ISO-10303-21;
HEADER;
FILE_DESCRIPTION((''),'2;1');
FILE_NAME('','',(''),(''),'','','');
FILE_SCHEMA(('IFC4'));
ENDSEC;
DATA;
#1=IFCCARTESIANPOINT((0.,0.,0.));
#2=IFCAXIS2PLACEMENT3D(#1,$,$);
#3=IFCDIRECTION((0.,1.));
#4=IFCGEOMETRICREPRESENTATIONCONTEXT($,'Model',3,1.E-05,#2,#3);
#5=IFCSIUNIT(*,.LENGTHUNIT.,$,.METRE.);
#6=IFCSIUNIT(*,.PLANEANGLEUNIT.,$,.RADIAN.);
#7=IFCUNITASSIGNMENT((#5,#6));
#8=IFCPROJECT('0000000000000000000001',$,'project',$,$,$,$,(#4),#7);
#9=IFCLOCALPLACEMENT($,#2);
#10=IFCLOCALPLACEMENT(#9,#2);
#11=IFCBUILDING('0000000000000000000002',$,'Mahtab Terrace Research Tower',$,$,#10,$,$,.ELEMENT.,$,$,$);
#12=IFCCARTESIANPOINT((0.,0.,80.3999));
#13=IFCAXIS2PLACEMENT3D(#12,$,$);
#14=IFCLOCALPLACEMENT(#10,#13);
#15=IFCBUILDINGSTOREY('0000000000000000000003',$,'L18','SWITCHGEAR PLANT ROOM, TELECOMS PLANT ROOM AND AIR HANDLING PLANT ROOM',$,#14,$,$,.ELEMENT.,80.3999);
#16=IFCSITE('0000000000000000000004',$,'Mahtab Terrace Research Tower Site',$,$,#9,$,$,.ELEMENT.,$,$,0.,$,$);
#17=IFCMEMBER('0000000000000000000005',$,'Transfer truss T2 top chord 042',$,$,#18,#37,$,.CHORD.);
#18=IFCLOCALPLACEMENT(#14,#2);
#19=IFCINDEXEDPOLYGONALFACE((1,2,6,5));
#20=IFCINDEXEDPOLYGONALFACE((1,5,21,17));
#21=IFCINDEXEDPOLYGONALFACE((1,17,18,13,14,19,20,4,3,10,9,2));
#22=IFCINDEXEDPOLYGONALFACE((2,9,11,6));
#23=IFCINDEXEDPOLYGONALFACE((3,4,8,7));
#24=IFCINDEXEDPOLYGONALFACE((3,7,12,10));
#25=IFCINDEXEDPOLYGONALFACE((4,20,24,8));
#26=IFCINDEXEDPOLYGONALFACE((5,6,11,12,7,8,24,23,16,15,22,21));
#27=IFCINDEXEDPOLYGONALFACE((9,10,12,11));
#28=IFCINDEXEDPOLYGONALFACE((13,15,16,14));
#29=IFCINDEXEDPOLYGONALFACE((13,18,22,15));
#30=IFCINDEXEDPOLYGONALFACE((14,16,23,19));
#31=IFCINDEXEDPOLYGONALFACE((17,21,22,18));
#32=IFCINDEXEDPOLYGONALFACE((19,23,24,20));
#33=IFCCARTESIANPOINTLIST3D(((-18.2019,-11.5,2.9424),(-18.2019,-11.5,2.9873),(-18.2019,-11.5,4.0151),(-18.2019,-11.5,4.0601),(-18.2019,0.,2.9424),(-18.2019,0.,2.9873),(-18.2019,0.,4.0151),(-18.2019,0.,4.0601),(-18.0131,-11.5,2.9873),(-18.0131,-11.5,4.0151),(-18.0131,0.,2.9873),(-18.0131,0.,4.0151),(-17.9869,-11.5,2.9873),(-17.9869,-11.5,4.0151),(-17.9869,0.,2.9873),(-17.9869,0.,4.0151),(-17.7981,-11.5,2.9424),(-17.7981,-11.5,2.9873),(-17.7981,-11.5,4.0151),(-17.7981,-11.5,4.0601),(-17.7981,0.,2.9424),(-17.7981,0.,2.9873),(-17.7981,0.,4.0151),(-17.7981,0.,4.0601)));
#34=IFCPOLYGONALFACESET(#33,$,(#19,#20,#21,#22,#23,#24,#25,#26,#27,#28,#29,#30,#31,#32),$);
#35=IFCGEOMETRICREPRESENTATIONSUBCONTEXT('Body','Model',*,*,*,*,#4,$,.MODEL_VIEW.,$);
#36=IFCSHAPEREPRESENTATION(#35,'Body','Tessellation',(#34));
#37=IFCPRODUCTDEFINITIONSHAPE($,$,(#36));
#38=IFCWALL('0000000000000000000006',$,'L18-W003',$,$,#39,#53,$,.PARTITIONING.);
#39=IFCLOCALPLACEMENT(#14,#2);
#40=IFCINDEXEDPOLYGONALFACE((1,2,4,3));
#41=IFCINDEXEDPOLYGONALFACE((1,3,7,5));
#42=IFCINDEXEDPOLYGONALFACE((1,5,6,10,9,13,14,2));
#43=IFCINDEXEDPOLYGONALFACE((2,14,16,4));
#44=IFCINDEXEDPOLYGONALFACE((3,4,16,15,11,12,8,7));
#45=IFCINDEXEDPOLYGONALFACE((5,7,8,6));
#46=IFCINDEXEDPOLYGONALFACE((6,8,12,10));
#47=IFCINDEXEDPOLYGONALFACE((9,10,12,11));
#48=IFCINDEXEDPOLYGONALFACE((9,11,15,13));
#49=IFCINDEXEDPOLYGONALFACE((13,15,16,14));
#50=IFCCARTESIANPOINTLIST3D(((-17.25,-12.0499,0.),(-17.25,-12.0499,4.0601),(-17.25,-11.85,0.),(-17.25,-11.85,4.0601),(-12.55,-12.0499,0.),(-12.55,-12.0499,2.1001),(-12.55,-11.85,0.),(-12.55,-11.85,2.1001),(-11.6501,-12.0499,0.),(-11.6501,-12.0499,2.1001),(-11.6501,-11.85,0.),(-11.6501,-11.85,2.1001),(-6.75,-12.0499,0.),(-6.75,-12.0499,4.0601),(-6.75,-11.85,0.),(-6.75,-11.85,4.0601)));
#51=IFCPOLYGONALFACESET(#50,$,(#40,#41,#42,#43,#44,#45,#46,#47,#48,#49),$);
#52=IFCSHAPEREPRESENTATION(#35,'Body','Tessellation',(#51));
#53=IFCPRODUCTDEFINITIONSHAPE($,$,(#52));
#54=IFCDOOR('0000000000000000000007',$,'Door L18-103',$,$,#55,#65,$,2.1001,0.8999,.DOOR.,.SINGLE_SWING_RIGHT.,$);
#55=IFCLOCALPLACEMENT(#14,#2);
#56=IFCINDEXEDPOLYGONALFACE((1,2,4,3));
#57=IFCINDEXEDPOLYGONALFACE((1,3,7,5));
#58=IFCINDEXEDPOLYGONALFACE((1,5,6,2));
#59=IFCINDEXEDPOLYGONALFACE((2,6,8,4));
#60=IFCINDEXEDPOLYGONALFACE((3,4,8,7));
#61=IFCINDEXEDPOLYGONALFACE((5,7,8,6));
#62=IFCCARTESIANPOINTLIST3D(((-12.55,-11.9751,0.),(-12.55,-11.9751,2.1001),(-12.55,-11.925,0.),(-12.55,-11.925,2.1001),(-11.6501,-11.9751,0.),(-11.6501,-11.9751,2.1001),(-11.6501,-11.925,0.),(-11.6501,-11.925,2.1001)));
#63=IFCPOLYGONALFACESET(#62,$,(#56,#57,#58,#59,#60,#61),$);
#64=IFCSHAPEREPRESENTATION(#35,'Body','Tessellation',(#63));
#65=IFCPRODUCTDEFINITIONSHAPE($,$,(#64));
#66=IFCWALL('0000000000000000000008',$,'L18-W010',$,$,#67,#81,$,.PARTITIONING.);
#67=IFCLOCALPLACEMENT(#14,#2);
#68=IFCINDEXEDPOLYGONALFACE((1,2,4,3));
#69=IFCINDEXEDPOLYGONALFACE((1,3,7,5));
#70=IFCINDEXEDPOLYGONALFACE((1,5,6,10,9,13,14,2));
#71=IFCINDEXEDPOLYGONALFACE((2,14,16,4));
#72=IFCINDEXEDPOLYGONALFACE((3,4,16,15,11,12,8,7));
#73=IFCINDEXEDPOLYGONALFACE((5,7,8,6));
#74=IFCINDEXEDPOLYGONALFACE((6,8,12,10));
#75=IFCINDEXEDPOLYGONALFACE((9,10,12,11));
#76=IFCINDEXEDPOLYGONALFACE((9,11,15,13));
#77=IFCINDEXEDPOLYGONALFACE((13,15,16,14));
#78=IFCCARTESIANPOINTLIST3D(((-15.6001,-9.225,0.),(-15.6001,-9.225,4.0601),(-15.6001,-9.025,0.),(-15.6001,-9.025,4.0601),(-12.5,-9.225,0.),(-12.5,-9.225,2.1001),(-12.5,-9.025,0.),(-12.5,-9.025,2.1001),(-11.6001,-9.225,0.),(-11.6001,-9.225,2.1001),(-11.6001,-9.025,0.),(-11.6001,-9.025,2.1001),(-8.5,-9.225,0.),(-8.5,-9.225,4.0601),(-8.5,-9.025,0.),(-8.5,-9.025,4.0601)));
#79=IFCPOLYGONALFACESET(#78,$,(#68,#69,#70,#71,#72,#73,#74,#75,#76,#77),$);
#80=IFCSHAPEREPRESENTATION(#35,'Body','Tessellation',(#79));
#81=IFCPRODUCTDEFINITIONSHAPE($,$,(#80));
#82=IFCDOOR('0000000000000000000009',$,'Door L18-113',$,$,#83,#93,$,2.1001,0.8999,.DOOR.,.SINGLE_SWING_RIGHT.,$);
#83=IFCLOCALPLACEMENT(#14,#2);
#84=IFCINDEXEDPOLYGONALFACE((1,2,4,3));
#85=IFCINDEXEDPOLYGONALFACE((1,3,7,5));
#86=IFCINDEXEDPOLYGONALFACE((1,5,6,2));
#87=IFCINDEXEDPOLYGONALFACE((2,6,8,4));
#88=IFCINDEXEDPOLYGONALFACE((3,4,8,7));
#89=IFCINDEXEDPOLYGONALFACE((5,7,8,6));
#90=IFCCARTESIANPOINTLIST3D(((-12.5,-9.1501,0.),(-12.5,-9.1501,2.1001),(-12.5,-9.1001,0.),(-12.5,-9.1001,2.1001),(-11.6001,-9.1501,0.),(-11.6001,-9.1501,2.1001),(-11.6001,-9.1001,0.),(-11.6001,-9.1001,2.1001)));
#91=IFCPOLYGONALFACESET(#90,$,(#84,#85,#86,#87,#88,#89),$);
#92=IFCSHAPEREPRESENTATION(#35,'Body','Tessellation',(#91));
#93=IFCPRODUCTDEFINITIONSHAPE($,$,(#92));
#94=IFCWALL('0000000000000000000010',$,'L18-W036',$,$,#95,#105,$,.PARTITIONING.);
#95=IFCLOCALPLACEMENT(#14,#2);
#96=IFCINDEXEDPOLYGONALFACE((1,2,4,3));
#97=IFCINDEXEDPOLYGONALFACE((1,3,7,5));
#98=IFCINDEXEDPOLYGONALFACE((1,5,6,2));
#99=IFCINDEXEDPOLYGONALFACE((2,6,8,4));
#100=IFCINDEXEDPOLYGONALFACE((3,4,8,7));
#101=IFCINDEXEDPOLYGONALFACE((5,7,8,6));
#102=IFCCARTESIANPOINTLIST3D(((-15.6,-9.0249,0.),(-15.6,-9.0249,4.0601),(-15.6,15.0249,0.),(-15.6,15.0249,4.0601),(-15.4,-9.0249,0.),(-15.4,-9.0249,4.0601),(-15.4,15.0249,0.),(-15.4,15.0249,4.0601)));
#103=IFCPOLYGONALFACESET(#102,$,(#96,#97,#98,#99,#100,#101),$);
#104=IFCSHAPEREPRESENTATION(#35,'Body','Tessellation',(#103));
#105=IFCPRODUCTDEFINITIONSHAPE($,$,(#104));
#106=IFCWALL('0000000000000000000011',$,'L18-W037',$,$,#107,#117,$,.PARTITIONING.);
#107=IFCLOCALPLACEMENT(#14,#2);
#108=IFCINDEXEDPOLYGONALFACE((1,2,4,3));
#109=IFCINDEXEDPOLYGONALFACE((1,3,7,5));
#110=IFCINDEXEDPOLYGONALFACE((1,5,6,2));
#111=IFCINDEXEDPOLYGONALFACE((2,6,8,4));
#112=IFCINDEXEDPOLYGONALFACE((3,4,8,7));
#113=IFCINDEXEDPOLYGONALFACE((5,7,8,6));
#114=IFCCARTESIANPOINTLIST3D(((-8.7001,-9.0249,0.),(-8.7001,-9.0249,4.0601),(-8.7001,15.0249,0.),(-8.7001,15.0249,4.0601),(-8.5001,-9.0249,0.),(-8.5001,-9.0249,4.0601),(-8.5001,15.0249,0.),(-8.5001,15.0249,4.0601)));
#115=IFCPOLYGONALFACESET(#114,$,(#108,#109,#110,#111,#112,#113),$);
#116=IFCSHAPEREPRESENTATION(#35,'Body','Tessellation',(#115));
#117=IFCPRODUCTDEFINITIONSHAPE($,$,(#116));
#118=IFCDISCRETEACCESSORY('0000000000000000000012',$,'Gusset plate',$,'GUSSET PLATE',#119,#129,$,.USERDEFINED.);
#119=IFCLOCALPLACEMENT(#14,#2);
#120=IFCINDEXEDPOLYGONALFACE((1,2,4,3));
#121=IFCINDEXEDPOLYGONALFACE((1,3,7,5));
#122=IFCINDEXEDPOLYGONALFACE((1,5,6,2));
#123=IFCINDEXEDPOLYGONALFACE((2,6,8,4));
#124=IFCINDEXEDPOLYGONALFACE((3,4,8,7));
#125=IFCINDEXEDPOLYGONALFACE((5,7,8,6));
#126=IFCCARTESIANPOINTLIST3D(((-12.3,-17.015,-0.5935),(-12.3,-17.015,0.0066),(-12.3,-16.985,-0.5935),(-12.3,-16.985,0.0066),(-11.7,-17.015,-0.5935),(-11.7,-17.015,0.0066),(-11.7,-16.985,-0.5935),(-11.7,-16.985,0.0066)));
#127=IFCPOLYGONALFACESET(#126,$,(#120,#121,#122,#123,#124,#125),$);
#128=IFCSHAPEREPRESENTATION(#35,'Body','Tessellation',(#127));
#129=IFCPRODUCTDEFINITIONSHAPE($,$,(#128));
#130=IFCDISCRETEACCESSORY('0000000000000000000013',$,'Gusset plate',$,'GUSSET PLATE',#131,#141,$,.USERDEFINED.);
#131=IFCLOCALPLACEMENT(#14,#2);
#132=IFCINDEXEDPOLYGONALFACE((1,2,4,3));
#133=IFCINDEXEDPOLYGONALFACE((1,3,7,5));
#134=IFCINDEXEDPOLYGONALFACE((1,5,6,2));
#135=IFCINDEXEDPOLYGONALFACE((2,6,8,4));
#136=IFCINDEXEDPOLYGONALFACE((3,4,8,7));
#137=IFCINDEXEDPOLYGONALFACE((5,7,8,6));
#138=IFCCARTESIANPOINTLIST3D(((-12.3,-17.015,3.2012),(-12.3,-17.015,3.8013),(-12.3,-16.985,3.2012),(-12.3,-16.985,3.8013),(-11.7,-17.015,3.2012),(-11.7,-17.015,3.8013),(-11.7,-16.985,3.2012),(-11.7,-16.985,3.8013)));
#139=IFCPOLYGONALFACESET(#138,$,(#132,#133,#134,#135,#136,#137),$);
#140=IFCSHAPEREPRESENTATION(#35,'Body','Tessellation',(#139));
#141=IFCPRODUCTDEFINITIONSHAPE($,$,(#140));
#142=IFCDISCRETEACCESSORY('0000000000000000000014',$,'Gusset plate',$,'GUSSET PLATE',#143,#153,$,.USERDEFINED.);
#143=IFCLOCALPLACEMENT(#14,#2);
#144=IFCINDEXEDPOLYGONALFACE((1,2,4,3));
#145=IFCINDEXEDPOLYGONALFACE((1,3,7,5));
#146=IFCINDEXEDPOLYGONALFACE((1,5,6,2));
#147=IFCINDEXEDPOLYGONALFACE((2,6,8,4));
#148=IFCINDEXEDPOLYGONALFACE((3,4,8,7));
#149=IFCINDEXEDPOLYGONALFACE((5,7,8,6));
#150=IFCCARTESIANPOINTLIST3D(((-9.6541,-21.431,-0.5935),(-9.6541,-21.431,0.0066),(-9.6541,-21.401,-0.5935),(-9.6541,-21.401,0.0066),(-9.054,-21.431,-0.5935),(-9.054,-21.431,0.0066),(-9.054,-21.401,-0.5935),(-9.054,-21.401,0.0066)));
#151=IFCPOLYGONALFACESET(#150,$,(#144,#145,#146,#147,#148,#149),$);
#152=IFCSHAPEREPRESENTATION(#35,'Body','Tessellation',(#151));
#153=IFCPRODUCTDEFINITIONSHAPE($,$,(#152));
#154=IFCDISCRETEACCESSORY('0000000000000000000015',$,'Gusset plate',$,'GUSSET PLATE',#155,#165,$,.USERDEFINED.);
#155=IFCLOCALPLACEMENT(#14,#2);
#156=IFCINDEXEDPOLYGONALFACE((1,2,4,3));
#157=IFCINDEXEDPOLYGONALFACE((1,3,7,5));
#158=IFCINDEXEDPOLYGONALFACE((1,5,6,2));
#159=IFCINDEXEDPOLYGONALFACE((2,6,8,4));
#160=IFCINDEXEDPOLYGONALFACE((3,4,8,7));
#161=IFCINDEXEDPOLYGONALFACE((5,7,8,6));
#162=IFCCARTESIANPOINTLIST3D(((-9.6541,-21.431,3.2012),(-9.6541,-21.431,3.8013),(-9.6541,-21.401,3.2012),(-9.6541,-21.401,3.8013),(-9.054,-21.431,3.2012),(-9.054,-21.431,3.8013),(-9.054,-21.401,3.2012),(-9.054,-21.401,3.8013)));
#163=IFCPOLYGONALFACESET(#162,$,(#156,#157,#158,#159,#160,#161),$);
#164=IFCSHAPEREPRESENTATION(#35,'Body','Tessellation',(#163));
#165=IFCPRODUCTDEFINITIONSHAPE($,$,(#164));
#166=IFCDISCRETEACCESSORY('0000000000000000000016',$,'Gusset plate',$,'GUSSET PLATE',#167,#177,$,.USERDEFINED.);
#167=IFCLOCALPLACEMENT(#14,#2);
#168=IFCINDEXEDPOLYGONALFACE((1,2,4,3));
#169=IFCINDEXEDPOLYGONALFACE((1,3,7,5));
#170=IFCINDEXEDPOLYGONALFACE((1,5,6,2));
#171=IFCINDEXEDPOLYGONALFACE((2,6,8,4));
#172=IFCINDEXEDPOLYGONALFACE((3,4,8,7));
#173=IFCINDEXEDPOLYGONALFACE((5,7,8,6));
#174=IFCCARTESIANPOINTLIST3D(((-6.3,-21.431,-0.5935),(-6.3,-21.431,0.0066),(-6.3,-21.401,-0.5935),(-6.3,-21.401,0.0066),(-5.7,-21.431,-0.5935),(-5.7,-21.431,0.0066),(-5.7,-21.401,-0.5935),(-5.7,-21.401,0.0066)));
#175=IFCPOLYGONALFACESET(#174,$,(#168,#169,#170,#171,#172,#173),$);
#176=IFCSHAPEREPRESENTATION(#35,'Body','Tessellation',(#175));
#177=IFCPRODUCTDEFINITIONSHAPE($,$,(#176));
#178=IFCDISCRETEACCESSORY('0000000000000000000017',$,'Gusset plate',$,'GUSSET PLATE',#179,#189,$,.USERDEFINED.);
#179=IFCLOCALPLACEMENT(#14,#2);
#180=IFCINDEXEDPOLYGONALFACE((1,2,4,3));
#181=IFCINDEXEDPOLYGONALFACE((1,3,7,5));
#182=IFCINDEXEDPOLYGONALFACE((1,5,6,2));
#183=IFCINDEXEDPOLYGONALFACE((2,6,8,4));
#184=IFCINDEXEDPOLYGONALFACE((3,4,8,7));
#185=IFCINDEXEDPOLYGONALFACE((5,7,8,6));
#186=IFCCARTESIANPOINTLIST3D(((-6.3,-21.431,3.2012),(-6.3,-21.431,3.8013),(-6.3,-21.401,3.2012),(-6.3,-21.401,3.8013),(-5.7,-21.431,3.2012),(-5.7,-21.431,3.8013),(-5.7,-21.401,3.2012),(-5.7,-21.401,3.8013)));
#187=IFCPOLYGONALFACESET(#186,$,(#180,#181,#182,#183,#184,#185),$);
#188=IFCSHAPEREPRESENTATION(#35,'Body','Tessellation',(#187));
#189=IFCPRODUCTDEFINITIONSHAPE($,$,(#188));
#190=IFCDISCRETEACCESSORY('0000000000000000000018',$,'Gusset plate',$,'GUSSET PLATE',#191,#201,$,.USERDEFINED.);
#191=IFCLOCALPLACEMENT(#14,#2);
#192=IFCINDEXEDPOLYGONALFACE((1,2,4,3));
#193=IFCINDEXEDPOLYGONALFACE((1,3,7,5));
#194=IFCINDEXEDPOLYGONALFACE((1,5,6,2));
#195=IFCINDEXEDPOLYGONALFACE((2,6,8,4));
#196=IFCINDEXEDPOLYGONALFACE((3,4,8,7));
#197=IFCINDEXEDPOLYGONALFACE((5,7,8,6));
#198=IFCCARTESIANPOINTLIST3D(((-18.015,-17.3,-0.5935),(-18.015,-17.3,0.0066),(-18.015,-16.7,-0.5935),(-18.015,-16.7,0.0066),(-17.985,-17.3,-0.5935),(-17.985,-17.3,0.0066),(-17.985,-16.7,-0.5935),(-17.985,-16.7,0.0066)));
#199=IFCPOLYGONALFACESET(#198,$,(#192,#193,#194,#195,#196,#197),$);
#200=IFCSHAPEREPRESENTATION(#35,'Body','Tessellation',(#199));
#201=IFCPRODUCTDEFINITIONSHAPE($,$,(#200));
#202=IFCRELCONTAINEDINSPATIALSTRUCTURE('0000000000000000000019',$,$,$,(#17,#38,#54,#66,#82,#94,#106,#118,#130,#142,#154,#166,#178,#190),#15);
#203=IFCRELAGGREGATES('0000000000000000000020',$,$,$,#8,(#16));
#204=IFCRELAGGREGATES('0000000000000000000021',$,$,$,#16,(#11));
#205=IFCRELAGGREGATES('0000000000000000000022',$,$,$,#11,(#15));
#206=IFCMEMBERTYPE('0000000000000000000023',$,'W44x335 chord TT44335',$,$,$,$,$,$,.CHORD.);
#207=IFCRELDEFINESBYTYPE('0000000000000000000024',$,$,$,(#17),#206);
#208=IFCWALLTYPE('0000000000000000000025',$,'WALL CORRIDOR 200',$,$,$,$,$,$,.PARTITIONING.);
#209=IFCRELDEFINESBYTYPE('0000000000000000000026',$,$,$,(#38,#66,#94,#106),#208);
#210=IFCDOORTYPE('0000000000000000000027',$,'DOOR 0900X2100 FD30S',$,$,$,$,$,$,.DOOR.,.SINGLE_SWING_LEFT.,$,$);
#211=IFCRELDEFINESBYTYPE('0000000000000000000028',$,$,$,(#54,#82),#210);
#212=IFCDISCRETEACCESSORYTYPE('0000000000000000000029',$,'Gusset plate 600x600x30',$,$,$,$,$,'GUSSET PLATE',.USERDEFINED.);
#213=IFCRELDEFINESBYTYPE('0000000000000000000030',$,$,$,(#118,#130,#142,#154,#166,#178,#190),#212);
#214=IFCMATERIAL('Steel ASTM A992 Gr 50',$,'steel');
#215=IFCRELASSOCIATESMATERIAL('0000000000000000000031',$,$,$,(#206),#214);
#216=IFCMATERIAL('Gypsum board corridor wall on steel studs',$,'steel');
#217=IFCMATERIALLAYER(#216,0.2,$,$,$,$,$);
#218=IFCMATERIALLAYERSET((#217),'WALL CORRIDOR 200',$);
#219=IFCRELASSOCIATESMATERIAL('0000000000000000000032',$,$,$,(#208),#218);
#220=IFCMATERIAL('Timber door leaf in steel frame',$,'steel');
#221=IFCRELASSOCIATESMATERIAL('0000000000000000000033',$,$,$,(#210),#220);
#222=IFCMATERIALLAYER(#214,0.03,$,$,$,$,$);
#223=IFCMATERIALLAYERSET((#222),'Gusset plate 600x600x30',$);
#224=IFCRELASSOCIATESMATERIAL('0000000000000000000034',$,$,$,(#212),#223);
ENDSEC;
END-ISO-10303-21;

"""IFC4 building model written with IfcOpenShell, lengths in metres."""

from ifc_helpers import new_model, si_unit, direction, frame, frame_2d, origin, origin_2d, place, context, subcontext, project, spatial, rectangle, i_section, extrude, material, layer, layer_set, material_profile, profile_set, type_object, element, fill, save


model = new_model("IFC4")

# Units and contexts
model_context = context("Model", 3, precision=1e-05, world=origin(), true_north=direction((0.0, 1.0)))
body_context = subcontext(model_context, "Body", "Model", "MODEL_VIEW")
ifc_project = project(units=[si_unit("LENGTHUNIT", "METRE"), si_unit("PLANEANGLEUNIT", "RADIAN")], contexts=[model_context])

# Site, building, storey
site_placement = place(None, origin())
site = spatial("IfcSite", under=ifc_project, at=site_placement, Name="Mahtab Terrace Research Tower Site", CompositionType="ELEMENT", RefElevation=0.0)
building_placement = place(site_placement, origin())
building = spatial("IfcBuilding", under=site, at=building_placement, Name="Mahtab Terrace Research Tower", CompositionType="ELEMENT")
storey_placement = place(building_placement, frame((0.0, 0.0, 80.3999)))
storey = spatial("IfcBuildingStorey", under=building, at=storey_placement, Name="L18", Description="SWITCHGEAR PLANT ROOM, TELECOMS PLANT ROOM AND AIR HANDLING PLANT ROOM", CompositionType="ELEMENT", Elevation=80.3999)

# Shared definitions
ifc_material_1 = material(Name="Steel ASTM A992 Gr 50", Category="steel")

# Member
ifc_material_profile_1 = material_profile(ifc_material_1, i_section(OverallWidth=0.4038, OverallDepth=1.1177, WebThickness=0.0261, FlangeThickness=0.0449, at=origin_2d()), Name="W44X335")
ifc_profile_set_1 = profile_set([ifc_material_profile_1], Name="Steel ASTM A992 Gr 50")
member_type_1 = type_object("IfcMemberType", Name="W44x335 chord TT44335", PredefinedType="CHORD", material=ifc_profile_set_1)
member_1_placement = place(storey_placement, frame((-18.0, -11.5, 3.5012), z_axis=(0.0, 1.0, 0.0), x_axis=(-1.0, 0.0, 0.0)))
element("IfcMember", 1, at=member_1_placement, inside=storey, type_object=member_type_1, Name="Transfer truss T2 top chord 042", PredefinedType="CHORD", context=body_context, shape_type="SweptSolid", body=[
    extrude(i_section(OverallWidth=0.4038, OverallDepth=1.1177, WebThickness=0.0261, FlangeThickness=0.0449, at=origin_2d()), origin(), (0.0, 0.0, 1.0), 11.5),
])

# Walls, openings, doors
ifc_material_2 = material(Name="Gypsum board corridor wall on steel studs", Category="steel")
ifc_layer_1 = layer(ifc_material_2, 0.2)
ifc_layer_set_1 = layer_set([ifc_layer_1], Name="WALL CORRIDOR 200")
wall_type = type_object("IfcWallType", Name="WALL CORRIDOR 200", PredefinedType="PARTITIONING", material=ifc_layer_set_1)
wall_1_placement = place(storey_placement, frame((-17.25, -11.95, 0.0), z_axis=(0.0, 0.0, 1.0), x_axis=(1.0, 0.0, 0.0)))
wall_1 = element("IfcWall", 2, at=wall_1_placement, inside=storey, type_object=wall_type, Name="L18-W003", PredefinedType="PARTITIONING", context=body_context, shape_type="SweptSolid", body=[
    extrude(rectangle(XDim=10.5, YDim=0.2, at=frame_2d((5.25, 0.0))), origin(), (0.0, 0.0, 1.0), 4.0601),
])
opening_1_placement = place(wall_1_placement, frame((4.7, 0.0, 0.0)))
opening_1 = element("IfcOpeningElement", 3, at=opening_1_placement, cuts=wall_1, PredefinedType="OPENING", context=body_context, shape_type="SweptSolid", body=[
    extrude(rectangle(XDim=0.8999, YDim=2.1001, at=frame_2d((0.45, 1.05))), frame((0.0, 0.1099, 0.0), z_axis=(0.0, -1.0, 0.0), x_axis=(1.0, 0.0, 0.0)), (0.0, 0.0, 1.0), 0.22),
])
ifc_material_3 = material(Name="Timber door leaf in steel frame", Category="steel")
door_type = type_object("IfcDoorType", Name="DOOR 0900X2100 FD30S", OperationType="SINGLE_SWING_LEFT", PredefinedType="DOOR", material=ifc_material_3)
door_1_placement = place(opening_1_placement, origin())
door_1 = element("IfcDoor", 4, at=door_1_placement, inside=storey, type_object=door_type, Name="Door L18-103", OperationType="SINGLE_SWING_RIGHT", OverallHeight=2.1001, OverallWidth=0.8999, PredefinedType="DOOR", context=body_context, shape_type="SweptSolid", body=[
    extrude(rectangle(XDim=0.8999, YDim=2.1001, at=frame_2d((0.45, 1.05))), frame((0.0, 0.0249, 0.0), z_axis=(0.0, -1.0, 0.0), x_axis=(1.0, 0.0, 0.0)), (0.0, 0.0, 1.0), 0.05),
])
fill(opening_1, door_1)
wall_2_placement = place(storey_placement, frame((-15.6001, -9.125, 0.0), z_axis=(0.0, 0.0, 1.0), x_axis=(1.0, 0.0, 0.0)))
wall_2 = element("IfcWall", 5, at=wall_2_placement, inside=storey, type_object=wall_type, Name="L18-W010", PredefinedType="PARTITIONING", context=body_context, shape_type="SweptSolid", body=[
    extrude(rectangle(XDim=7.1001, YDim=0.2, at=frame_2d((3.55, 0.0))), origin(), (0.0, 0.0, 1.0), 4.0601),
])
opening_2_placement = place(wall_2_placement, frame((3.1001, 0.0, 0.0)))
opening_2 = element("IfcOpeningElement", 6, at=opening_2_placement, cuts=wall_2, PredefinedType="OPENING", context=body_context, shape_type="SweptSolid", body=[
    extrude(rectangle(XDim=0.8999, YDim=2.1001, at=frame_2d((0.45, 1.05))), frame((0.0, 0.1099, 0.0), z_axis=(0.0, -1.0, 0.0), x_axis=(1.0, 0.0, 0.0)), (0.0, 0.0, 1.0), 0.22),
])
door_2_placement = place(opening_2_placement, origin())
door_2 = element("IfcDoor", 7, at=door_2_placement, inside=storey, type_object=door_type, Name="Door L18-113", OperationType="SINGLE_SWING_RIGHT", OverallHeight=2.1001, OverallWidth=0.8999, PredefinedType="DOOR", context=body_context, shape_type="SweptSolid", body=[
    extrude(rectangle(XDim=0.8999, YDim=2.1001, at=frame_2d((0.45, 1.05))), frame((0.0, 0.0249, 0.0), z_axis=(0.0, -1.0, 0.0), x_axis=(1.0, 0.0, 0.0)), (0.0, 0.0, 1.0), 0.05),
])
fill(opening_2, door_2)

# Walls
for number, where, z_axis, x_axis, name in (
    (8, (-15.5, -9.0249, 0.0), (0.0, 0.0, 1.0), (0.0, 1.0, 0.0), "L18-W036"),
    (9, (-8.6001, -9.0249, 0.0), (0.0, 0.0, 1.0), (0.0, 1.0, 0.0), "L18-W037"),
):
    element("IfcWall", number, at=place(storey_placement, frame(where, z_axis=z_axis, x_axis=x_axis)), inside=storey, type_object=wall_type, Name=name, PredefinedType="PARTITIONING", context=body_context, shape_type="SweptSolid", body=[
        extrude(rectangle(XDim=24.0498, YDim=0.2, at=frame_2d((12.0249, 0.0))), origin(), (0.0, 0.0, 1.0), 4.0601),
    ])

# Discrete accessories
ifc_layer_2 = layer(ifc_material_1, 0.03)
ifc_layer_set_2 = layer_set([ifc_layer_2], Name="Gusset plate 600x600x30")
discrete_accessory_type = type_object("IfcDiscreteAccessoryType", Name="Gusset plate 600x600x30", ElementType="GUSSET PLATE", PredefinedType="USERDEFINED", material=ifc_layer_set_2)
for number, where, z_axis, x_axis, name in (
    (10, (-12.0, -17.0, -0.5935), (0.0, 0.0, 1.0), (1.0, 0.0, 0.0), "Gusset plate"),
    (11, (-12.0, -17.0, 3.2012), (0.0, 0.0, 1.0), (1.0, 0.0, 0.0), "Gusset plate"),
    (12, (-9.354, -21.416, -0.5935), (0.0, 0.0, 1.0), (1.0, 0.0, 0.0), "Gusset plate"),
    (13, (-9.354, -21.416, 3.2012), (0.0, 0.0, 1.0), (1.0, 0.0, 0.0), "Gusset plate"),
    (14, (-6.0, -21.416, -0.5935), (0.0, 0.0, 1.0), (1.0, 0.0, 0.0), "Gusset plate"),
    (15, (-6.0, -21.416, 3.2012), (0.0, 0.0, 1.0), (1.0, 0.0, 0.0), "Gusset plate"),
    (16, (-18.0, -17.0, -0.5935), (0.0, 0.0, 1.0), (0.0, 1.0, 0.0), "Gusset plate"),
):
    element("IfcDiscreteAccessory", number, at=place(storey_placement, frame(where, z_axis=z_axis, x_axis=x_axis)), inside=storey, type_object=discrete_accessory_type, Name=name, ObjectType="GUSSET PLATE", PredefinedType="USERDEFINED", context=body_context, shape_type="SweptSolid", body=[
        extrude(rectangle(XDim=0.6001, YDim=0.03, at=origin_2d()), origin(), (0.0, 0.0, 1.0), 0.6001),
    ])

save(model, "model.ifc")
